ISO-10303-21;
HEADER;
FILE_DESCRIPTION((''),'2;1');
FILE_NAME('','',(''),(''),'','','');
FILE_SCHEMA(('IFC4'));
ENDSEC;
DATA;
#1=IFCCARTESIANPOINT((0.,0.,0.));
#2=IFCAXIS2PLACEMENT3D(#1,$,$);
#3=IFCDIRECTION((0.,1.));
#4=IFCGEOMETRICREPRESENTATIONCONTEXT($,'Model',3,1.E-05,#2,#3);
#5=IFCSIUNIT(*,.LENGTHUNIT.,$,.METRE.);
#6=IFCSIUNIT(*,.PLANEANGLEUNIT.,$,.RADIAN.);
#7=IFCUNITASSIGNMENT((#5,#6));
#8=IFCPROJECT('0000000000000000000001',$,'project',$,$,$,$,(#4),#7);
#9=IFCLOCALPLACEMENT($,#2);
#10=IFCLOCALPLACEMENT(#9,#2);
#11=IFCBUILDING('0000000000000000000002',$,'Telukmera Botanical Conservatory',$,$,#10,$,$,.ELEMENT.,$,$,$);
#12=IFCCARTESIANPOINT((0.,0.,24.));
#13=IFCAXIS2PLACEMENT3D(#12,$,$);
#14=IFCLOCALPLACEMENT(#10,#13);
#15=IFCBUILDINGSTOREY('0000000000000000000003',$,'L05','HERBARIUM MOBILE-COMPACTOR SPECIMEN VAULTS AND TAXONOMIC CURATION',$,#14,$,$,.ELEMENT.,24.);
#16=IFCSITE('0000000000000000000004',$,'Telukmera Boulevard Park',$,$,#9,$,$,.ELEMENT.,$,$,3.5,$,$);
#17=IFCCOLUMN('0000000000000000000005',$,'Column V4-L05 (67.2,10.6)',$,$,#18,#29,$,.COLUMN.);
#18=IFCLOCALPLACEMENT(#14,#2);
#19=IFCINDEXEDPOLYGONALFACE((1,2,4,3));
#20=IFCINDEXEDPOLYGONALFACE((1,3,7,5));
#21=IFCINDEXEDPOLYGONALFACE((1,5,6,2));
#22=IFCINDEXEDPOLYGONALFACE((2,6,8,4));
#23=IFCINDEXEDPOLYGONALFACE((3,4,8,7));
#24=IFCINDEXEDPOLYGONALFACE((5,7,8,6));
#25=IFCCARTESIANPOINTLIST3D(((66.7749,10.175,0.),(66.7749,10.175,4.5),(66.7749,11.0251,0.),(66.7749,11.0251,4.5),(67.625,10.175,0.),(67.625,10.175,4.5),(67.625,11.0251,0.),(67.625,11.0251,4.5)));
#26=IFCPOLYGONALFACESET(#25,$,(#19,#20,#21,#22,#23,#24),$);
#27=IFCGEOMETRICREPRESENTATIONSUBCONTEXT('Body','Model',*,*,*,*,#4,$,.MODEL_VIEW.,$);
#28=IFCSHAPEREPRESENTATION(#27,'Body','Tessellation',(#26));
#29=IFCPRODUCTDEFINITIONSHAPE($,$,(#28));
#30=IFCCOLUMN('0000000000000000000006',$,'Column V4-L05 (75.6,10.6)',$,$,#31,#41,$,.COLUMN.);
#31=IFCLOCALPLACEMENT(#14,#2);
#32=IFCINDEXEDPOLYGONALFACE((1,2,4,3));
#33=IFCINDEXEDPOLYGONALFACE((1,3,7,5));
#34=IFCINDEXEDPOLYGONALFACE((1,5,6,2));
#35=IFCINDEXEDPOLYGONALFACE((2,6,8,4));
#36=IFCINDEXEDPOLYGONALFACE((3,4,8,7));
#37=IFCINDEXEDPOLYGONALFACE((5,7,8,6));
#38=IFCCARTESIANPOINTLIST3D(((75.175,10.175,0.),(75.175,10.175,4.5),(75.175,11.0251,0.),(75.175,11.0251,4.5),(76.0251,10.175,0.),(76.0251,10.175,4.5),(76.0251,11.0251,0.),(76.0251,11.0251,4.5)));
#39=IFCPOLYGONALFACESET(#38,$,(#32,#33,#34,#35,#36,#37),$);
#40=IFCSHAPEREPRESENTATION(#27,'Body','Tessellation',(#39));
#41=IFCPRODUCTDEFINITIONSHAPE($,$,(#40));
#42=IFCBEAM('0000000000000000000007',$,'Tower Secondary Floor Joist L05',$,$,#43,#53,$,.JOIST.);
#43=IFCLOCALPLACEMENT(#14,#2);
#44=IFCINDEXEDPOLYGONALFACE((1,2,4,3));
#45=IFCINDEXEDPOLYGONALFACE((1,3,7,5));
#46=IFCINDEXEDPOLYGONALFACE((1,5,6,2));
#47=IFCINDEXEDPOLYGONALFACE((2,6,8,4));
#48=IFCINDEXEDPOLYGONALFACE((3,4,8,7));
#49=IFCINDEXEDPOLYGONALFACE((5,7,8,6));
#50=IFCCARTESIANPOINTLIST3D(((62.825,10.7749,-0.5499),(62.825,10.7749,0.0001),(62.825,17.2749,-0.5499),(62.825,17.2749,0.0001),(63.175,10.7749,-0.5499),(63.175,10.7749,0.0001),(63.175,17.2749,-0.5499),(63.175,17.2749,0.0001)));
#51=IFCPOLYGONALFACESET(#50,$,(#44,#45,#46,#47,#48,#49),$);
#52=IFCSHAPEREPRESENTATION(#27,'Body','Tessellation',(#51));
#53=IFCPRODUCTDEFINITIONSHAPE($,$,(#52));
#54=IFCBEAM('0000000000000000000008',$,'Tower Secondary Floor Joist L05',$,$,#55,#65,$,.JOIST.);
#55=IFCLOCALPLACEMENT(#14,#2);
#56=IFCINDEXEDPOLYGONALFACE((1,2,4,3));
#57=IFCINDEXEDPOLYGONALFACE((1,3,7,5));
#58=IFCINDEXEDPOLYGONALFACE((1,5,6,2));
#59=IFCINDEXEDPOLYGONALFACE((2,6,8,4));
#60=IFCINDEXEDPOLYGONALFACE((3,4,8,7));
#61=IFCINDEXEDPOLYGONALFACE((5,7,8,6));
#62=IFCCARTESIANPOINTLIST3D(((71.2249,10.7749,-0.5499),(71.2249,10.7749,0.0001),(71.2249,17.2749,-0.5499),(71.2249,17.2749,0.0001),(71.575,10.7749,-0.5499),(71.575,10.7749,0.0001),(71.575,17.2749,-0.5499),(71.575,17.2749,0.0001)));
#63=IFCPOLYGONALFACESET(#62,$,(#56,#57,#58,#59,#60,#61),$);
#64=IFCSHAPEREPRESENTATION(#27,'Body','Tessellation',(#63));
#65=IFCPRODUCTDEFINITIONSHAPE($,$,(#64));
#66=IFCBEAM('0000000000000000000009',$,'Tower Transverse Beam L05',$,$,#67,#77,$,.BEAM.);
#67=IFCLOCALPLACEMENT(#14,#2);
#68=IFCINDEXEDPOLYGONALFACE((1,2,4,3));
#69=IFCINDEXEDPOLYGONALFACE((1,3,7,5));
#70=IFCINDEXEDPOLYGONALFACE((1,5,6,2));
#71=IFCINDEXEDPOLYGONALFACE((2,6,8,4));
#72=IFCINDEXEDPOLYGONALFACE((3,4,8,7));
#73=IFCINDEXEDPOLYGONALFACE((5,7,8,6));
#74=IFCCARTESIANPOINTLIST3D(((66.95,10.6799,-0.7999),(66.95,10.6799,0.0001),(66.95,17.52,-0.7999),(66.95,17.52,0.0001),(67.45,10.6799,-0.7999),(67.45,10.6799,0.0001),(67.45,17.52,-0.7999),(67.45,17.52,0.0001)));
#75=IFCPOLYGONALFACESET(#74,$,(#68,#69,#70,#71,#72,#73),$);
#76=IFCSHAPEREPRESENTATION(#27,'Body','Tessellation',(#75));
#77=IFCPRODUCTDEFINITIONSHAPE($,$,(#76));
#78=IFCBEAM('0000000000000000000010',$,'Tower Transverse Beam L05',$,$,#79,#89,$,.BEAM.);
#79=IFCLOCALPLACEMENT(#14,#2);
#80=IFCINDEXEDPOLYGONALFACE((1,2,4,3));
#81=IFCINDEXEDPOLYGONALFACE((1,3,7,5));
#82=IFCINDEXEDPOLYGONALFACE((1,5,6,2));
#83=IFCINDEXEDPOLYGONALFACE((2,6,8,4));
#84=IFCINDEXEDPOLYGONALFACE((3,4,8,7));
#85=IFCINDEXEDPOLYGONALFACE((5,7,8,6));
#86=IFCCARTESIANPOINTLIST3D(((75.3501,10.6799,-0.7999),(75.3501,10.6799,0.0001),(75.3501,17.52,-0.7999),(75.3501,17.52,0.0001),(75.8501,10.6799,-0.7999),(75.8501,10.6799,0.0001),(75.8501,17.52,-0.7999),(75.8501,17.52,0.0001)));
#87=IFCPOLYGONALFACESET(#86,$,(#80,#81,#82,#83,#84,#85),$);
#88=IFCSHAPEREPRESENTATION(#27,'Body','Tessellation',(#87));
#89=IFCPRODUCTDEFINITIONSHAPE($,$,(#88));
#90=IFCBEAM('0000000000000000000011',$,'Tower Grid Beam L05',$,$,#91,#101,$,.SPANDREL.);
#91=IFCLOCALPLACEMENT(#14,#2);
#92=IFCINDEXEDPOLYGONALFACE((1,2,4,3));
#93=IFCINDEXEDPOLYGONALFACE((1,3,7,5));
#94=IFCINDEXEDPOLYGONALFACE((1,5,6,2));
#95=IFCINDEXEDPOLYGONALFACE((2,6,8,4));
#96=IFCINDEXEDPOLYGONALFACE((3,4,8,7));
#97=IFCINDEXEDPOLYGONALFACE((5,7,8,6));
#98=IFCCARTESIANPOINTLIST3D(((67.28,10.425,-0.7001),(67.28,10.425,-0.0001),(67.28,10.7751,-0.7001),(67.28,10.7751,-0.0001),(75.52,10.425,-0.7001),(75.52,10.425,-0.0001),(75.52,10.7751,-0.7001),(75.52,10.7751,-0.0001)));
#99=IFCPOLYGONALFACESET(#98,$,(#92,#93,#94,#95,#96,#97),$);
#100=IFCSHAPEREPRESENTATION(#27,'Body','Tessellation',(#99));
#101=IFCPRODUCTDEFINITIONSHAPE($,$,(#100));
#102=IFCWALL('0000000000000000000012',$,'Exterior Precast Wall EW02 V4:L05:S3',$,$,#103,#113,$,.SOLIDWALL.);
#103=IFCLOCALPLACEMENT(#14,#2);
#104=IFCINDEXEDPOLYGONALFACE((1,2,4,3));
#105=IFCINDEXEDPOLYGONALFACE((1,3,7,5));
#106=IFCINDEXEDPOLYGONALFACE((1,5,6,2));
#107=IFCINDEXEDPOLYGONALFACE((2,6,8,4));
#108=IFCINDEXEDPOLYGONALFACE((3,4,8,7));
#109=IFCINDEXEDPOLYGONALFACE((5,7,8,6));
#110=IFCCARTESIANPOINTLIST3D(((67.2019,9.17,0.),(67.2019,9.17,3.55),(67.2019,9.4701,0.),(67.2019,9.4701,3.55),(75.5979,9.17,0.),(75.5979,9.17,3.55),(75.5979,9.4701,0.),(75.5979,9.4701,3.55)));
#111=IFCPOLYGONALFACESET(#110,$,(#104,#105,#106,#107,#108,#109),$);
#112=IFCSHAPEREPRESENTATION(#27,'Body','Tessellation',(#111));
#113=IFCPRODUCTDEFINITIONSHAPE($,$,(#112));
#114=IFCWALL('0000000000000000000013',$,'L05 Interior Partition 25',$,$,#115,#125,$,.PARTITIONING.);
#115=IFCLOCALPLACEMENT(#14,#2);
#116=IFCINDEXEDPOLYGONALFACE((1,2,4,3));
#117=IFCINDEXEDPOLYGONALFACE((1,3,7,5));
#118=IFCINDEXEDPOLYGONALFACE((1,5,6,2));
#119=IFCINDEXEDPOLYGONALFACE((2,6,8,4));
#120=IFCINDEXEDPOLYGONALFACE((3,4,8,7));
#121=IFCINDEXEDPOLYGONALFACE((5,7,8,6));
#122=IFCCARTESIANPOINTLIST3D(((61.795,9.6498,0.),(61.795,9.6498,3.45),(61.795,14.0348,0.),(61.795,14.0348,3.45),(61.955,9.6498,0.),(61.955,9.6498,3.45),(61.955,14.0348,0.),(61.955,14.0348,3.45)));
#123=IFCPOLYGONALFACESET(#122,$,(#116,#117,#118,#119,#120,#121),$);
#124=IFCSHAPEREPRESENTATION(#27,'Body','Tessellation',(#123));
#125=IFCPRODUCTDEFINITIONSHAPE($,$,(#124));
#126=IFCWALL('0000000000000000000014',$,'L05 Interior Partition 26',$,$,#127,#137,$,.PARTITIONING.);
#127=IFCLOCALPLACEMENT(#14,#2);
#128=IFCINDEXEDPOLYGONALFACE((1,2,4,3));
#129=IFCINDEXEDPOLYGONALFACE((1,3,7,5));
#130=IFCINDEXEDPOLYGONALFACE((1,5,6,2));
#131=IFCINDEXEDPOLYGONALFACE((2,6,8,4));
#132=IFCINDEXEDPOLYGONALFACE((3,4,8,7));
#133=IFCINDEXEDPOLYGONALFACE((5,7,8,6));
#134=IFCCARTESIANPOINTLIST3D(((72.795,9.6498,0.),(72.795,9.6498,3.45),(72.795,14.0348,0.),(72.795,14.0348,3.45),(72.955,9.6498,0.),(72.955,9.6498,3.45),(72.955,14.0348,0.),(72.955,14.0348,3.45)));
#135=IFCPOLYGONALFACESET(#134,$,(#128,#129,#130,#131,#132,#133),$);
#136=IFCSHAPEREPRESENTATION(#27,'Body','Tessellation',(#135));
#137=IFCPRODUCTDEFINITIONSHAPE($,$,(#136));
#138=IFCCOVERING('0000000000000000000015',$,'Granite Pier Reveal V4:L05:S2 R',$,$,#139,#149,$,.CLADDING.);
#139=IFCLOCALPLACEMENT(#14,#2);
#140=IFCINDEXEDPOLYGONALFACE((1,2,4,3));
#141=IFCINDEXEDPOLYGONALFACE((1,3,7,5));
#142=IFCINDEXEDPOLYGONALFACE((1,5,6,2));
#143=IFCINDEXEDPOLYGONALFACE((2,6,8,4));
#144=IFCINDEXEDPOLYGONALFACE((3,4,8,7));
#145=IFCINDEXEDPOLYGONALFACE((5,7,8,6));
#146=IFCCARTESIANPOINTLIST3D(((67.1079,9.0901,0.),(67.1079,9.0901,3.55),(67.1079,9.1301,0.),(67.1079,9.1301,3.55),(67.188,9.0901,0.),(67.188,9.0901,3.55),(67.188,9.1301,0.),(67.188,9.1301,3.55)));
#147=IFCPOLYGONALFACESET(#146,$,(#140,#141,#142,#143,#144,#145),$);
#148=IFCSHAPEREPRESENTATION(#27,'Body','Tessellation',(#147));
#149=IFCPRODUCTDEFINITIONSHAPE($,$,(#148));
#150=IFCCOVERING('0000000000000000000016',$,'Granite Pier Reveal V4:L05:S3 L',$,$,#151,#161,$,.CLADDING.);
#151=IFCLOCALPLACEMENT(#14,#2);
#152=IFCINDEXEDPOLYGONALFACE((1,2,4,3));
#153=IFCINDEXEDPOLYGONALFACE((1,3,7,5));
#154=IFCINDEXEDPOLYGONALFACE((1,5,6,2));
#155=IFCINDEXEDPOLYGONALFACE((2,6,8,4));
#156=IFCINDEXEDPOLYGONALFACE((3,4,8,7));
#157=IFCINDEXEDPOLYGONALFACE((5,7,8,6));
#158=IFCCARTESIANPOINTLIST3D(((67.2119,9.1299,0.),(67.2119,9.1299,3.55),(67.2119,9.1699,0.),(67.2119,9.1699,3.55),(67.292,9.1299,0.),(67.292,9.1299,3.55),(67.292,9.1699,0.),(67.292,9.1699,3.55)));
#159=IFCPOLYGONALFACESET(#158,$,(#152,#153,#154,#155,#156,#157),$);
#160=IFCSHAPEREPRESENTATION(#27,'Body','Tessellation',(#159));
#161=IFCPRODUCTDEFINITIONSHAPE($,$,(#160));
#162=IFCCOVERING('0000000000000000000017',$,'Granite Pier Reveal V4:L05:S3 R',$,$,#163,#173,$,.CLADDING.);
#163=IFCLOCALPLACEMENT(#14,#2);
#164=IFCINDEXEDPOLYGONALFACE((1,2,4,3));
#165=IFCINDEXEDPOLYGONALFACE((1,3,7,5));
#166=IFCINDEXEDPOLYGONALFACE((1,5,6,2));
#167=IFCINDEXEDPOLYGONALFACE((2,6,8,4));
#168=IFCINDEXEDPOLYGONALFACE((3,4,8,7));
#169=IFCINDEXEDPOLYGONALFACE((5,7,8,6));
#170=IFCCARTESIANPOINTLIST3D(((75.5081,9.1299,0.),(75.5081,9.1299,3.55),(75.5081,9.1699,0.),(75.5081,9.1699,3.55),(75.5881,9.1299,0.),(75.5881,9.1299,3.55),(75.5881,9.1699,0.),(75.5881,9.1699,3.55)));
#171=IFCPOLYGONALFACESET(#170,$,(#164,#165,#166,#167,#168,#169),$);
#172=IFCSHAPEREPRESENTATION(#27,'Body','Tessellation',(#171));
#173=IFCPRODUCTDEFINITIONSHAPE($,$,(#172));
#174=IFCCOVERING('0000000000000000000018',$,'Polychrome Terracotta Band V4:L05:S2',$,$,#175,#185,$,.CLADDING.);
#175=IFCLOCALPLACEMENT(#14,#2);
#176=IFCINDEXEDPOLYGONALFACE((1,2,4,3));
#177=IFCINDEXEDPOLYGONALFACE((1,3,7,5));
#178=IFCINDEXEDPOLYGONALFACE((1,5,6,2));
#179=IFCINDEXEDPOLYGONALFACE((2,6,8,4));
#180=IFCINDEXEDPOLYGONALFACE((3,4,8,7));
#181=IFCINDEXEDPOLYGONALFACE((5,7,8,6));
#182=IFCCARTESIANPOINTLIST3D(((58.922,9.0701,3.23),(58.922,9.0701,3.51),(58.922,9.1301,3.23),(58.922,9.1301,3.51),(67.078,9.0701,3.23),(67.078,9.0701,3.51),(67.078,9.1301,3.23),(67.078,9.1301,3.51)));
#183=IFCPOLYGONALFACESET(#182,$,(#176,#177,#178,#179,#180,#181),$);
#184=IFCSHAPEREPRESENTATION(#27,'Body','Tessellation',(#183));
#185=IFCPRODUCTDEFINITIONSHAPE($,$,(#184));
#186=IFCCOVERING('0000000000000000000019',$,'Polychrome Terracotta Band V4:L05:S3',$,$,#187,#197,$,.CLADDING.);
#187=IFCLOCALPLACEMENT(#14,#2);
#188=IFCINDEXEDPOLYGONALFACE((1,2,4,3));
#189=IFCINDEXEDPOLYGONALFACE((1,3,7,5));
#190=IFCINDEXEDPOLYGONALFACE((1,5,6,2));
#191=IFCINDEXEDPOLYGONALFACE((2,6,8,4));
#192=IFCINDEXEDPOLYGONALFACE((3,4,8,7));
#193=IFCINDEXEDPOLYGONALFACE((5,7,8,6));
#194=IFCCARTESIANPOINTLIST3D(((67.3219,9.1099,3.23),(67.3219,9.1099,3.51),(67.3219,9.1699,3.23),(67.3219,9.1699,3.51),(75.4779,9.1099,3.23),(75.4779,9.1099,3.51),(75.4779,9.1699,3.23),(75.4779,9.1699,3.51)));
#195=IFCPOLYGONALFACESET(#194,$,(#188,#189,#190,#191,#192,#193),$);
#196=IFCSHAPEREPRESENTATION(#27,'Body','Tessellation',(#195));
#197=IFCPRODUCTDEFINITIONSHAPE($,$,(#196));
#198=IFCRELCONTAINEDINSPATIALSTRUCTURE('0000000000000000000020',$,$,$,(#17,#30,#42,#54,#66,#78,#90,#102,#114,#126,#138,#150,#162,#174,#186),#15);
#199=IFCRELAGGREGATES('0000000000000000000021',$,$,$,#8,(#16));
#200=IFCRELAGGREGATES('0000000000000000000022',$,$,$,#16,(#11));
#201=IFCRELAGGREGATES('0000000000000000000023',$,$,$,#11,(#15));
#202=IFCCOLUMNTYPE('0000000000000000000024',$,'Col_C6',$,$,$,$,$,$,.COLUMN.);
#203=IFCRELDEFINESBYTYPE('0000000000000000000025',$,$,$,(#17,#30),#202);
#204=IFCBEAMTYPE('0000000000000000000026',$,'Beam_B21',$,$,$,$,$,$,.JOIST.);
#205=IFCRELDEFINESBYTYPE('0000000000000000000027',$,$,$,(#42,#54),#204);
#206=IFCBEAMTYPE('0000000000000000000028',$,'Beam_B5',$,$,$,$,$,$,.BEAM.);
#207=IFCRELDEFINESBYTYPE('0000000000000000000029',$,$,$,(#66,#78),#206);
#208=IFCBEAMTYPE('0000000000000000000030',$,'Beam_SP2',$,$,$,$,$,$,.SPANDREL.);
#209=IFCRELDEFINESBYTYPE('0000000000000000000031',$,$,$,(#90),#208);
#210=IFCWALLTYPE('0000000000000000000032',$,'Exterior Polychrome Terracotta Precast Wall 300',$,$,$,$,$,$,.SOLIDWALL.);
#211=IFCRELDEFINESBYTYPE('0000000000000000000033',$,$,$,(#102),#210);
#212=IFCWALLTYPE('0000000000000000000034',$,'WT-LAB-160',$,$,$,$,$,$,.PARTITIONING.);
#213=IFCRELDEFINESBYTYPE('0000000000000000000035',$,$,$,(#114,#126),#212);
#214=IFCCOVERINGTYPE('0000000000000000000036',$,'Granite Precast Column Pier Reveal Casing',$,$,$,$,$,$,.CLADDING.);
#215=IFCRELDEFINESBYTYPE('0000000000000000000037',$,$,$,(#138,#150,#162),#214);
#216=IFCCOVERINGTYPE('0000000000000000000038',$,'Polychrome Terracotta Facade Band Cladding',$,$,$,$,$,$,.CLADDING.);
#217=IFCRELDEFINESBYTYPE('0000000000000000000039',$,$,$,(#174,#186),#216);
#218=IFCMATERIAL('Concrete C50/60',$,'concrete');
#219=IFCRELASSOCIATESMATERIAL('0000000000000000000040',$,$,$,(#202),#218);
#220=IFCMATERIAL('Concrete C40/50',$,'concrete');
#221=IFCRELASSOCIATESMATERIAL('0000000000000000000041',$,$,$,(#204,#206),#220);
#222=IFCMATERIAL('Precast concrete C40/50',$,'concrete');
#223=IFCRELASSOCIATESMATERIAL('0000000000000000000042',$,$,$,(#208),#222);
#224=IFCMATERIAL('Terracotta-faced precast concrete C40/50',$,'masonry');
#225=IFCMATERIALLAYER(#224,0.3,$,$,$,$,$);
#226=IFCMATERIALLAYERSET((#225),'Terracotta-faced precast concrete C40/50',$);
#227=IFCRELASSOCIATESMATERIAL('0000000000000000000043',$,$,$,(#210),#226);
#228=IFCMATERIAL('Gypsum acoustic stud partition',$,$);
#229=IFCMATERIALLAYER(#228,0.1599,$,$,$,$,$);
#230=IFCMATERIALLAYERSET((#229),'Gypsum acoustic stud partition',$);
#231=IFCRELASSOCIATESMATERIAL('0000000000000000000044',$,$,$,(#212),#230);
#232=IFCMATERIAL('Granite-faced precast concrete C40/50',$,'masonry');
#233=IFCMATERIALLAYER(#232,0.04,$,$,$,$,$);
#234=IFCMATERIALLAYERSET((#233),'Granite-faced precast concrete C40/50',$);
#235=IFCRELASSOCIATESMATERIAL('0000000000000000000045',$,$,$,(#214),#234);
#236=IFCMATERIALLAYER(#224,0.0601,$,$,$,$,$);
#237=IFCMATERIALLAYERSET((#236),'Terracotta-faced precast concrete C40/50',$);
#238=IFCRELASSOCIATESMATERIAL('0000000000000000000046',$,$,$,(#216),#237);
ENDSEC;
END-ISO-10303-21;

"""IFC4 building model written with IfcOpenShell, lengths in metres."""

from ifc_helpers import new_model, si_unit, direction, frame, frame_2d, origin, origin_2d, place, context, subcontext, project, spatial, rectangle, extrude, material, layer, layer_set, material_profile, profile_set, type_object, element, save


model = new_model("IFC4")

# Units and contexts
model_context = context("Model", 3, precision=1e-05, world=origin(), true_north=direction((0.0, 1.0)))
body_context = subcontext(model_context, "Body", "Model", "MODEL_VIEW")
ifc_project = project(units=[si_unit("LENGTHUNIT", "METRE"), si_unit("PLANEANGLEUNIT", "RADIAN")], contexts=[model_context])

# Site, building, storey
site_placement = place(None, origin())
site = spatial("IfcSite", under=ifc_project, at=site_placement, Name="Telukmera Boulevard Park", CompositionType="ELEMENT", RefElevation=3.5)
building_placement = place(site_placement, origin())
building = spatial("IfcBuilding", under=site, at=building_placement, Name="Telukmera Botanical Conservatory", CompositionType="ELEMENT")
storey_placement = place(building_placement, frame((0.0, 0.0, 24.0)))
storey = spatial("IfcBuildingStorey", under=building, at=storey_placement, Name="L05", Description="HERBARIUM MOBILE-COMPACTOR SPECIMEN VAULTS AND TAXONOMIC CURATION", CompositionType="ELEMENT", Elevation=24.0)

# Columns
ifc_material_1 = material(Name="Concrete C50/60", Category="concrete")
ifc_material_profile_1 = material_profile(ifc_material_1, rectangle(XDim=0.8501, YDim=0.8501, at=origin_2d()), Name="RC 850x850")
ifc_profile_set_1 = profile_set([ifc_material_profile_1], Name="Concrete C50/60")
column_type = type_object("IfcColumnType", Name="Col_C6", PredefinedType="COLUMN", material=ifc_profile_set_1)
for number, where, z_axis, x_axis, name in (
    (1, (67.2, 10.6001, 0.0), (0.0, 0.0, 1.0), (1.0, 0.0, 0.0), "Column V4-L05 (67.2,10.6)"),
    (2, (75.6001, 10.6001, 0.0), (0.0, 0.0, 1.0), (1.0, 0.0, 0.0), "Column V4-L05 (75.6,10.6)"),
):
    element("IfcColumn", number, at=place(storey_placement, frame(where, z_axis=z_axis, x_axis=x_axis)), inside=storey, type_object=column_type, Name=name, PredefinedType="COLUMN", context=body_context, shape_type="SweptSolid", body=[
        extrude(rectangle(XDim=0.8501, YDim=0.8501, at=origin_2d()), origin(), (0.0, 0.0, 1.0), 4.5),
    ])

# Beams
ifc_material_2 = material(Name="Concrete C40/50", Category="concrete")
ifc_material_profile_2 = material_profile(ifc_material_2, rectangle(XDim=0.3501, YDim=0.55, at=origin_2d()), Name="RC 350x550")
ifc_profile_set_2 = profile_set([ifc_material_profile_2], Name="Concrete C40/50")
beam_type_1 = type_object("IfcBeamType", Name="Beam_B21", PredefinedType="JOIST", material=ifc_profile_set_2)
for number, where, z_axis, x_axis, name in (
    (3, (63.0, 10.7749, -0.2749), (0.0, 1.0, 0.0), (-1.0, 0.0, 0.0), "Tower Secondary Floor Joist L05"),
    (4, (71.3999, 10.7749, -0.2749), (0.0, 1.0, 0.0), (-1.0, 0.0, 0.0), "Tower Secondary Floor Joist L05"),
):
    element("IfcBeam", number, at=place(storey_placement, frame(where, z_axis=z_axis, x_axis=x_axis)), inside=storey, type_object=beam_type_1, Name=name, PredefinedType="JOIST", context=body_context, shape_type="SweptSolid", body=[
        extrude(rectangle(XDim=0.3501, YDim=0.55, at=origin_2d()), origin(), (0.0, 0.0, 1.0), 6.5),
    ])
ifc_material_profile_3 = material_profile(ifc_material_2, rectangle(XDim=0.5, YDim=0.8, at=origin_2d()), Name="RC 500x800")
ifc_profile_set_3 = profile_set([ifc_material_profile_3], Name="Concrete C40/50")
beam_type_2 = type_object("IfcBeamType", Name="Beam_B5", PredefinedType="BEAM", material=ifc_profile_set_3)
for number, where, z_axis, x_axis, name in (
    (5, (67.2, 10.6799, -0.3999), (0.0, 1.0, 0.0), (-1.0, 0.0, 0.0), "Tower Transverse Beam L05"),
    (6, (75.6001, 10.6799, -0.3999), (0.0, 1.0, 0.0), (-1.0, 0.0, 0.0), "Tower Transverse Beam L05"),
):
    element("IfcBeam", number, at=place(storey_placement, frame(where, z_axis=z_axis, x_axis=x_axis)), inside=storey, type_object=beam_type_2, Name=name, PredefinedType="BEAM", context=body_context, shape_type="SweptSolid", body=[
        extrude(rectangle(XDim=0.5, YDim=0.8, at=origin_2d()), origin(), (0.0, 0.0, 1.0), 6.8401),
    ])
ifc_material_3 = material(Name="Precast concrete C40/50", Category="concrete")
ifc_material_profile_4 = material_profile(ifc_material_3, rectangle(XDim=0.3501, YDim=0.7, at=origin_2d()), Name="PC 350x700")
ifc_profile_set_4 = profile_set([ifc_material_profile_4], Name="Precast concrete C40/50")
beam_type_3 = type_object("IfcBeamType", Name="Beam_SP2", PredefinedType="SPANDREL", material=ifc_profile_set_4)
beam_placement = place(storey_placement, frame((67.28, 10.6001, -0.3501), z_axis=(1.0, 0.0, 0.0), x_axis=(0.0, 1.0, 0.0)))
element("IfcBeam", 7, at=beam_placement, inside=storey, type_object=beam_type_3, Name="Tower Grid Beam L05", PredefinedType="SPANDREL", context=body_context, shape_type="SweptSolid", body=[
    extrude(rectangle(XDim=0.3501, YDim=0.7, at=origin_2d()), origin(), (0.0, 0.0, 1.0), 8.24),
])

# Walls
ifc_material_4 = material(Name="Terracotta-faced precast concrete C40/50", Category="masonry")
ifc_layer_1 = layer(ifc_material_4, 0.3)
ifc_layer_set_1 = layer_set([ifc_layer_1], Name="Terracotta-faced precast concrete C40/50")
wall_type_1 = type_object("IfcWallType", Name="Exterior Polychrome Terracotta Precast Wall 300", PredefinedType="SOLIDWALL", material=ifc_layer_set_1)
wall_placement = place(storey_placement, frame((67.2019, 9.3201, 0.0), z_axis=(0.0, 0.0, 1.0), x_axis=(1.0, 0.0, 0.0)))
element("IfcWall", 8, at=wall_placement, inside=storey, type_object=wall_type_1, Name="Exterior Precast Wall EW02 V4:L05:S3", PredefinedType="SOLIDWALL", context=body_context, shape_type="SweptSolid", body=[
    extrude(rectangle(XDim=8.396, YDim=0.3, at=frame_2d((4.198, 0.0))), origin(), (0.0, 0.0, 1.0), 3.55),
])
ifc_material_5 = material(Name="Gypsum acoustic stud partition")
ifc_layer_2 = layer(ifc_material_5, 0.1599)
ifc_layer_set_2 = layer_set([ifc_layer_2], Name="Gypsum acoustic stud partition")
wall_type_2 = type_object("IfcWallType", Name="WT-LAB-160", PredefinedType="PARTITIONING", material=ifc_layer_set_2)
for number, where, z_axis, x_axis, name in (
    (9, (61.875, 9.6499, 0.0), (0.0, 0.0, 1.0), (0.0, 1.0, 0.0), "L05 Interior Partition 25"),
    (10, (72.875, 9.6499, 0.0), (0.0, 0.0, 1.0), (0.0, 1.0, 0.0), "L05 Interior Partition 26"),
):
    element("IfcWall", number, at=place(storey_placement, frame(where, z_axis=z_axis, x_axis=x_axis)), inside=storey, type_object=wall_type_2, Name=name, PredefinedType="PARTITIONING", context=body_context, shape_type="SweptSolid", body=[
        extrude(rectangle(XDim=4.385, YDim=0.1599, at=frame_2d((2.1924, 0.0))), origin(), (0.0, 0.0, 1.0), 3.45),
    ])

# Coverings
ifc_material_6 = material(Name="Granite-faced precast concrete C40/50", Category="masonry")
ifc_layer_3 = layer(ifc_material_6, 0.04)
ifc_layer_set_3 = layer_set([ifc_layer_3], Name="Granite-faced precast concrete C40/50")
covering_type_1 = type_object("IfcCoveringType", Name="Granite Precast Column Pier Reveal Casing", PredefinedType="CLADDING", material=ifc_layer_set_3)
for number, where, z_axis, x_axis, name in (
    (11, (67.1479, 9.1101, 0.0), (0.0, 0.0, 1.0), (1.0, 0.0, 0.0), "Granite Pier Reveal V4:L05:S2 R"),
    (12, (67.252, 9.1499, 0.0), (0.0, 0.0, 1.0), (1.0, 0.0, 0.0), "Granite Pier Reveal V4:L05:S3 L"),
    (13, (75.5481, 9.1499, 0.0), (0.0, 0.0, 1.0), (1.0, 0.0, 0.0), "Granite Pier Reveal V4:L05:S3 R"),
):
    element("IfcCovering", number, at=place(storey_placement, frame(where, z_axis=z_axis, x_axis=x_axis)), inside=storey, type_object=covering_type_1, Name=name, PredefinedType="CLADDING", context=body_context, shape_type="SweptSolid", body=[
        extrude(rectangle(XDim=0.0801, YDim=0.04, at=origin_2d()), origin(), (0.0, 0.0, 1.0), 3.55),
    ])
ifc_layer_4 = layer(ifc_material_4, 0.0601)
ifc_layer_set_4 = layer_set([ifc_layer_4], Name="Terracotta-faced precast concrete C40/50")
covering_type_2 = type_object("IfcCoveringType", Name="Polychrome Terracotta Facade Band Cladding", PredefinedType="CLADDING", material=ifc_layer_set_4)
for number, where, z_axis, x_axis, name in (
    (14, (63.0, 9.1001, 3.23), (0.0, 0.0, 1.0), (1.0, 0.0, 0.0), "Polychrome Terracotta Band V4:L05:S2"),
    (15, (71.3999, 9.1399, 3.23), (0.0, 0.0, 1.0), (1.0, 0.0, 0.0), "Polychrome Terracotta Band V4:L05:S3"),
):
    element("IfcCovering", number, at=place(storey_placement, frame(where, z_axis=z_axis, x_axis=x_axis)), inside=storey, type_object=covering_type_2, Name=name, PredefinedType="CLADDING", context=body_context, shape_type="SweptSolid", body=[
        extrude(rectangle(XDim=8.156, YDim=0.0601, at=origin_2d()), origin(), (0.0, 0.0, 1.0), 0.28),
    ])

save(model, "model.ifc")
